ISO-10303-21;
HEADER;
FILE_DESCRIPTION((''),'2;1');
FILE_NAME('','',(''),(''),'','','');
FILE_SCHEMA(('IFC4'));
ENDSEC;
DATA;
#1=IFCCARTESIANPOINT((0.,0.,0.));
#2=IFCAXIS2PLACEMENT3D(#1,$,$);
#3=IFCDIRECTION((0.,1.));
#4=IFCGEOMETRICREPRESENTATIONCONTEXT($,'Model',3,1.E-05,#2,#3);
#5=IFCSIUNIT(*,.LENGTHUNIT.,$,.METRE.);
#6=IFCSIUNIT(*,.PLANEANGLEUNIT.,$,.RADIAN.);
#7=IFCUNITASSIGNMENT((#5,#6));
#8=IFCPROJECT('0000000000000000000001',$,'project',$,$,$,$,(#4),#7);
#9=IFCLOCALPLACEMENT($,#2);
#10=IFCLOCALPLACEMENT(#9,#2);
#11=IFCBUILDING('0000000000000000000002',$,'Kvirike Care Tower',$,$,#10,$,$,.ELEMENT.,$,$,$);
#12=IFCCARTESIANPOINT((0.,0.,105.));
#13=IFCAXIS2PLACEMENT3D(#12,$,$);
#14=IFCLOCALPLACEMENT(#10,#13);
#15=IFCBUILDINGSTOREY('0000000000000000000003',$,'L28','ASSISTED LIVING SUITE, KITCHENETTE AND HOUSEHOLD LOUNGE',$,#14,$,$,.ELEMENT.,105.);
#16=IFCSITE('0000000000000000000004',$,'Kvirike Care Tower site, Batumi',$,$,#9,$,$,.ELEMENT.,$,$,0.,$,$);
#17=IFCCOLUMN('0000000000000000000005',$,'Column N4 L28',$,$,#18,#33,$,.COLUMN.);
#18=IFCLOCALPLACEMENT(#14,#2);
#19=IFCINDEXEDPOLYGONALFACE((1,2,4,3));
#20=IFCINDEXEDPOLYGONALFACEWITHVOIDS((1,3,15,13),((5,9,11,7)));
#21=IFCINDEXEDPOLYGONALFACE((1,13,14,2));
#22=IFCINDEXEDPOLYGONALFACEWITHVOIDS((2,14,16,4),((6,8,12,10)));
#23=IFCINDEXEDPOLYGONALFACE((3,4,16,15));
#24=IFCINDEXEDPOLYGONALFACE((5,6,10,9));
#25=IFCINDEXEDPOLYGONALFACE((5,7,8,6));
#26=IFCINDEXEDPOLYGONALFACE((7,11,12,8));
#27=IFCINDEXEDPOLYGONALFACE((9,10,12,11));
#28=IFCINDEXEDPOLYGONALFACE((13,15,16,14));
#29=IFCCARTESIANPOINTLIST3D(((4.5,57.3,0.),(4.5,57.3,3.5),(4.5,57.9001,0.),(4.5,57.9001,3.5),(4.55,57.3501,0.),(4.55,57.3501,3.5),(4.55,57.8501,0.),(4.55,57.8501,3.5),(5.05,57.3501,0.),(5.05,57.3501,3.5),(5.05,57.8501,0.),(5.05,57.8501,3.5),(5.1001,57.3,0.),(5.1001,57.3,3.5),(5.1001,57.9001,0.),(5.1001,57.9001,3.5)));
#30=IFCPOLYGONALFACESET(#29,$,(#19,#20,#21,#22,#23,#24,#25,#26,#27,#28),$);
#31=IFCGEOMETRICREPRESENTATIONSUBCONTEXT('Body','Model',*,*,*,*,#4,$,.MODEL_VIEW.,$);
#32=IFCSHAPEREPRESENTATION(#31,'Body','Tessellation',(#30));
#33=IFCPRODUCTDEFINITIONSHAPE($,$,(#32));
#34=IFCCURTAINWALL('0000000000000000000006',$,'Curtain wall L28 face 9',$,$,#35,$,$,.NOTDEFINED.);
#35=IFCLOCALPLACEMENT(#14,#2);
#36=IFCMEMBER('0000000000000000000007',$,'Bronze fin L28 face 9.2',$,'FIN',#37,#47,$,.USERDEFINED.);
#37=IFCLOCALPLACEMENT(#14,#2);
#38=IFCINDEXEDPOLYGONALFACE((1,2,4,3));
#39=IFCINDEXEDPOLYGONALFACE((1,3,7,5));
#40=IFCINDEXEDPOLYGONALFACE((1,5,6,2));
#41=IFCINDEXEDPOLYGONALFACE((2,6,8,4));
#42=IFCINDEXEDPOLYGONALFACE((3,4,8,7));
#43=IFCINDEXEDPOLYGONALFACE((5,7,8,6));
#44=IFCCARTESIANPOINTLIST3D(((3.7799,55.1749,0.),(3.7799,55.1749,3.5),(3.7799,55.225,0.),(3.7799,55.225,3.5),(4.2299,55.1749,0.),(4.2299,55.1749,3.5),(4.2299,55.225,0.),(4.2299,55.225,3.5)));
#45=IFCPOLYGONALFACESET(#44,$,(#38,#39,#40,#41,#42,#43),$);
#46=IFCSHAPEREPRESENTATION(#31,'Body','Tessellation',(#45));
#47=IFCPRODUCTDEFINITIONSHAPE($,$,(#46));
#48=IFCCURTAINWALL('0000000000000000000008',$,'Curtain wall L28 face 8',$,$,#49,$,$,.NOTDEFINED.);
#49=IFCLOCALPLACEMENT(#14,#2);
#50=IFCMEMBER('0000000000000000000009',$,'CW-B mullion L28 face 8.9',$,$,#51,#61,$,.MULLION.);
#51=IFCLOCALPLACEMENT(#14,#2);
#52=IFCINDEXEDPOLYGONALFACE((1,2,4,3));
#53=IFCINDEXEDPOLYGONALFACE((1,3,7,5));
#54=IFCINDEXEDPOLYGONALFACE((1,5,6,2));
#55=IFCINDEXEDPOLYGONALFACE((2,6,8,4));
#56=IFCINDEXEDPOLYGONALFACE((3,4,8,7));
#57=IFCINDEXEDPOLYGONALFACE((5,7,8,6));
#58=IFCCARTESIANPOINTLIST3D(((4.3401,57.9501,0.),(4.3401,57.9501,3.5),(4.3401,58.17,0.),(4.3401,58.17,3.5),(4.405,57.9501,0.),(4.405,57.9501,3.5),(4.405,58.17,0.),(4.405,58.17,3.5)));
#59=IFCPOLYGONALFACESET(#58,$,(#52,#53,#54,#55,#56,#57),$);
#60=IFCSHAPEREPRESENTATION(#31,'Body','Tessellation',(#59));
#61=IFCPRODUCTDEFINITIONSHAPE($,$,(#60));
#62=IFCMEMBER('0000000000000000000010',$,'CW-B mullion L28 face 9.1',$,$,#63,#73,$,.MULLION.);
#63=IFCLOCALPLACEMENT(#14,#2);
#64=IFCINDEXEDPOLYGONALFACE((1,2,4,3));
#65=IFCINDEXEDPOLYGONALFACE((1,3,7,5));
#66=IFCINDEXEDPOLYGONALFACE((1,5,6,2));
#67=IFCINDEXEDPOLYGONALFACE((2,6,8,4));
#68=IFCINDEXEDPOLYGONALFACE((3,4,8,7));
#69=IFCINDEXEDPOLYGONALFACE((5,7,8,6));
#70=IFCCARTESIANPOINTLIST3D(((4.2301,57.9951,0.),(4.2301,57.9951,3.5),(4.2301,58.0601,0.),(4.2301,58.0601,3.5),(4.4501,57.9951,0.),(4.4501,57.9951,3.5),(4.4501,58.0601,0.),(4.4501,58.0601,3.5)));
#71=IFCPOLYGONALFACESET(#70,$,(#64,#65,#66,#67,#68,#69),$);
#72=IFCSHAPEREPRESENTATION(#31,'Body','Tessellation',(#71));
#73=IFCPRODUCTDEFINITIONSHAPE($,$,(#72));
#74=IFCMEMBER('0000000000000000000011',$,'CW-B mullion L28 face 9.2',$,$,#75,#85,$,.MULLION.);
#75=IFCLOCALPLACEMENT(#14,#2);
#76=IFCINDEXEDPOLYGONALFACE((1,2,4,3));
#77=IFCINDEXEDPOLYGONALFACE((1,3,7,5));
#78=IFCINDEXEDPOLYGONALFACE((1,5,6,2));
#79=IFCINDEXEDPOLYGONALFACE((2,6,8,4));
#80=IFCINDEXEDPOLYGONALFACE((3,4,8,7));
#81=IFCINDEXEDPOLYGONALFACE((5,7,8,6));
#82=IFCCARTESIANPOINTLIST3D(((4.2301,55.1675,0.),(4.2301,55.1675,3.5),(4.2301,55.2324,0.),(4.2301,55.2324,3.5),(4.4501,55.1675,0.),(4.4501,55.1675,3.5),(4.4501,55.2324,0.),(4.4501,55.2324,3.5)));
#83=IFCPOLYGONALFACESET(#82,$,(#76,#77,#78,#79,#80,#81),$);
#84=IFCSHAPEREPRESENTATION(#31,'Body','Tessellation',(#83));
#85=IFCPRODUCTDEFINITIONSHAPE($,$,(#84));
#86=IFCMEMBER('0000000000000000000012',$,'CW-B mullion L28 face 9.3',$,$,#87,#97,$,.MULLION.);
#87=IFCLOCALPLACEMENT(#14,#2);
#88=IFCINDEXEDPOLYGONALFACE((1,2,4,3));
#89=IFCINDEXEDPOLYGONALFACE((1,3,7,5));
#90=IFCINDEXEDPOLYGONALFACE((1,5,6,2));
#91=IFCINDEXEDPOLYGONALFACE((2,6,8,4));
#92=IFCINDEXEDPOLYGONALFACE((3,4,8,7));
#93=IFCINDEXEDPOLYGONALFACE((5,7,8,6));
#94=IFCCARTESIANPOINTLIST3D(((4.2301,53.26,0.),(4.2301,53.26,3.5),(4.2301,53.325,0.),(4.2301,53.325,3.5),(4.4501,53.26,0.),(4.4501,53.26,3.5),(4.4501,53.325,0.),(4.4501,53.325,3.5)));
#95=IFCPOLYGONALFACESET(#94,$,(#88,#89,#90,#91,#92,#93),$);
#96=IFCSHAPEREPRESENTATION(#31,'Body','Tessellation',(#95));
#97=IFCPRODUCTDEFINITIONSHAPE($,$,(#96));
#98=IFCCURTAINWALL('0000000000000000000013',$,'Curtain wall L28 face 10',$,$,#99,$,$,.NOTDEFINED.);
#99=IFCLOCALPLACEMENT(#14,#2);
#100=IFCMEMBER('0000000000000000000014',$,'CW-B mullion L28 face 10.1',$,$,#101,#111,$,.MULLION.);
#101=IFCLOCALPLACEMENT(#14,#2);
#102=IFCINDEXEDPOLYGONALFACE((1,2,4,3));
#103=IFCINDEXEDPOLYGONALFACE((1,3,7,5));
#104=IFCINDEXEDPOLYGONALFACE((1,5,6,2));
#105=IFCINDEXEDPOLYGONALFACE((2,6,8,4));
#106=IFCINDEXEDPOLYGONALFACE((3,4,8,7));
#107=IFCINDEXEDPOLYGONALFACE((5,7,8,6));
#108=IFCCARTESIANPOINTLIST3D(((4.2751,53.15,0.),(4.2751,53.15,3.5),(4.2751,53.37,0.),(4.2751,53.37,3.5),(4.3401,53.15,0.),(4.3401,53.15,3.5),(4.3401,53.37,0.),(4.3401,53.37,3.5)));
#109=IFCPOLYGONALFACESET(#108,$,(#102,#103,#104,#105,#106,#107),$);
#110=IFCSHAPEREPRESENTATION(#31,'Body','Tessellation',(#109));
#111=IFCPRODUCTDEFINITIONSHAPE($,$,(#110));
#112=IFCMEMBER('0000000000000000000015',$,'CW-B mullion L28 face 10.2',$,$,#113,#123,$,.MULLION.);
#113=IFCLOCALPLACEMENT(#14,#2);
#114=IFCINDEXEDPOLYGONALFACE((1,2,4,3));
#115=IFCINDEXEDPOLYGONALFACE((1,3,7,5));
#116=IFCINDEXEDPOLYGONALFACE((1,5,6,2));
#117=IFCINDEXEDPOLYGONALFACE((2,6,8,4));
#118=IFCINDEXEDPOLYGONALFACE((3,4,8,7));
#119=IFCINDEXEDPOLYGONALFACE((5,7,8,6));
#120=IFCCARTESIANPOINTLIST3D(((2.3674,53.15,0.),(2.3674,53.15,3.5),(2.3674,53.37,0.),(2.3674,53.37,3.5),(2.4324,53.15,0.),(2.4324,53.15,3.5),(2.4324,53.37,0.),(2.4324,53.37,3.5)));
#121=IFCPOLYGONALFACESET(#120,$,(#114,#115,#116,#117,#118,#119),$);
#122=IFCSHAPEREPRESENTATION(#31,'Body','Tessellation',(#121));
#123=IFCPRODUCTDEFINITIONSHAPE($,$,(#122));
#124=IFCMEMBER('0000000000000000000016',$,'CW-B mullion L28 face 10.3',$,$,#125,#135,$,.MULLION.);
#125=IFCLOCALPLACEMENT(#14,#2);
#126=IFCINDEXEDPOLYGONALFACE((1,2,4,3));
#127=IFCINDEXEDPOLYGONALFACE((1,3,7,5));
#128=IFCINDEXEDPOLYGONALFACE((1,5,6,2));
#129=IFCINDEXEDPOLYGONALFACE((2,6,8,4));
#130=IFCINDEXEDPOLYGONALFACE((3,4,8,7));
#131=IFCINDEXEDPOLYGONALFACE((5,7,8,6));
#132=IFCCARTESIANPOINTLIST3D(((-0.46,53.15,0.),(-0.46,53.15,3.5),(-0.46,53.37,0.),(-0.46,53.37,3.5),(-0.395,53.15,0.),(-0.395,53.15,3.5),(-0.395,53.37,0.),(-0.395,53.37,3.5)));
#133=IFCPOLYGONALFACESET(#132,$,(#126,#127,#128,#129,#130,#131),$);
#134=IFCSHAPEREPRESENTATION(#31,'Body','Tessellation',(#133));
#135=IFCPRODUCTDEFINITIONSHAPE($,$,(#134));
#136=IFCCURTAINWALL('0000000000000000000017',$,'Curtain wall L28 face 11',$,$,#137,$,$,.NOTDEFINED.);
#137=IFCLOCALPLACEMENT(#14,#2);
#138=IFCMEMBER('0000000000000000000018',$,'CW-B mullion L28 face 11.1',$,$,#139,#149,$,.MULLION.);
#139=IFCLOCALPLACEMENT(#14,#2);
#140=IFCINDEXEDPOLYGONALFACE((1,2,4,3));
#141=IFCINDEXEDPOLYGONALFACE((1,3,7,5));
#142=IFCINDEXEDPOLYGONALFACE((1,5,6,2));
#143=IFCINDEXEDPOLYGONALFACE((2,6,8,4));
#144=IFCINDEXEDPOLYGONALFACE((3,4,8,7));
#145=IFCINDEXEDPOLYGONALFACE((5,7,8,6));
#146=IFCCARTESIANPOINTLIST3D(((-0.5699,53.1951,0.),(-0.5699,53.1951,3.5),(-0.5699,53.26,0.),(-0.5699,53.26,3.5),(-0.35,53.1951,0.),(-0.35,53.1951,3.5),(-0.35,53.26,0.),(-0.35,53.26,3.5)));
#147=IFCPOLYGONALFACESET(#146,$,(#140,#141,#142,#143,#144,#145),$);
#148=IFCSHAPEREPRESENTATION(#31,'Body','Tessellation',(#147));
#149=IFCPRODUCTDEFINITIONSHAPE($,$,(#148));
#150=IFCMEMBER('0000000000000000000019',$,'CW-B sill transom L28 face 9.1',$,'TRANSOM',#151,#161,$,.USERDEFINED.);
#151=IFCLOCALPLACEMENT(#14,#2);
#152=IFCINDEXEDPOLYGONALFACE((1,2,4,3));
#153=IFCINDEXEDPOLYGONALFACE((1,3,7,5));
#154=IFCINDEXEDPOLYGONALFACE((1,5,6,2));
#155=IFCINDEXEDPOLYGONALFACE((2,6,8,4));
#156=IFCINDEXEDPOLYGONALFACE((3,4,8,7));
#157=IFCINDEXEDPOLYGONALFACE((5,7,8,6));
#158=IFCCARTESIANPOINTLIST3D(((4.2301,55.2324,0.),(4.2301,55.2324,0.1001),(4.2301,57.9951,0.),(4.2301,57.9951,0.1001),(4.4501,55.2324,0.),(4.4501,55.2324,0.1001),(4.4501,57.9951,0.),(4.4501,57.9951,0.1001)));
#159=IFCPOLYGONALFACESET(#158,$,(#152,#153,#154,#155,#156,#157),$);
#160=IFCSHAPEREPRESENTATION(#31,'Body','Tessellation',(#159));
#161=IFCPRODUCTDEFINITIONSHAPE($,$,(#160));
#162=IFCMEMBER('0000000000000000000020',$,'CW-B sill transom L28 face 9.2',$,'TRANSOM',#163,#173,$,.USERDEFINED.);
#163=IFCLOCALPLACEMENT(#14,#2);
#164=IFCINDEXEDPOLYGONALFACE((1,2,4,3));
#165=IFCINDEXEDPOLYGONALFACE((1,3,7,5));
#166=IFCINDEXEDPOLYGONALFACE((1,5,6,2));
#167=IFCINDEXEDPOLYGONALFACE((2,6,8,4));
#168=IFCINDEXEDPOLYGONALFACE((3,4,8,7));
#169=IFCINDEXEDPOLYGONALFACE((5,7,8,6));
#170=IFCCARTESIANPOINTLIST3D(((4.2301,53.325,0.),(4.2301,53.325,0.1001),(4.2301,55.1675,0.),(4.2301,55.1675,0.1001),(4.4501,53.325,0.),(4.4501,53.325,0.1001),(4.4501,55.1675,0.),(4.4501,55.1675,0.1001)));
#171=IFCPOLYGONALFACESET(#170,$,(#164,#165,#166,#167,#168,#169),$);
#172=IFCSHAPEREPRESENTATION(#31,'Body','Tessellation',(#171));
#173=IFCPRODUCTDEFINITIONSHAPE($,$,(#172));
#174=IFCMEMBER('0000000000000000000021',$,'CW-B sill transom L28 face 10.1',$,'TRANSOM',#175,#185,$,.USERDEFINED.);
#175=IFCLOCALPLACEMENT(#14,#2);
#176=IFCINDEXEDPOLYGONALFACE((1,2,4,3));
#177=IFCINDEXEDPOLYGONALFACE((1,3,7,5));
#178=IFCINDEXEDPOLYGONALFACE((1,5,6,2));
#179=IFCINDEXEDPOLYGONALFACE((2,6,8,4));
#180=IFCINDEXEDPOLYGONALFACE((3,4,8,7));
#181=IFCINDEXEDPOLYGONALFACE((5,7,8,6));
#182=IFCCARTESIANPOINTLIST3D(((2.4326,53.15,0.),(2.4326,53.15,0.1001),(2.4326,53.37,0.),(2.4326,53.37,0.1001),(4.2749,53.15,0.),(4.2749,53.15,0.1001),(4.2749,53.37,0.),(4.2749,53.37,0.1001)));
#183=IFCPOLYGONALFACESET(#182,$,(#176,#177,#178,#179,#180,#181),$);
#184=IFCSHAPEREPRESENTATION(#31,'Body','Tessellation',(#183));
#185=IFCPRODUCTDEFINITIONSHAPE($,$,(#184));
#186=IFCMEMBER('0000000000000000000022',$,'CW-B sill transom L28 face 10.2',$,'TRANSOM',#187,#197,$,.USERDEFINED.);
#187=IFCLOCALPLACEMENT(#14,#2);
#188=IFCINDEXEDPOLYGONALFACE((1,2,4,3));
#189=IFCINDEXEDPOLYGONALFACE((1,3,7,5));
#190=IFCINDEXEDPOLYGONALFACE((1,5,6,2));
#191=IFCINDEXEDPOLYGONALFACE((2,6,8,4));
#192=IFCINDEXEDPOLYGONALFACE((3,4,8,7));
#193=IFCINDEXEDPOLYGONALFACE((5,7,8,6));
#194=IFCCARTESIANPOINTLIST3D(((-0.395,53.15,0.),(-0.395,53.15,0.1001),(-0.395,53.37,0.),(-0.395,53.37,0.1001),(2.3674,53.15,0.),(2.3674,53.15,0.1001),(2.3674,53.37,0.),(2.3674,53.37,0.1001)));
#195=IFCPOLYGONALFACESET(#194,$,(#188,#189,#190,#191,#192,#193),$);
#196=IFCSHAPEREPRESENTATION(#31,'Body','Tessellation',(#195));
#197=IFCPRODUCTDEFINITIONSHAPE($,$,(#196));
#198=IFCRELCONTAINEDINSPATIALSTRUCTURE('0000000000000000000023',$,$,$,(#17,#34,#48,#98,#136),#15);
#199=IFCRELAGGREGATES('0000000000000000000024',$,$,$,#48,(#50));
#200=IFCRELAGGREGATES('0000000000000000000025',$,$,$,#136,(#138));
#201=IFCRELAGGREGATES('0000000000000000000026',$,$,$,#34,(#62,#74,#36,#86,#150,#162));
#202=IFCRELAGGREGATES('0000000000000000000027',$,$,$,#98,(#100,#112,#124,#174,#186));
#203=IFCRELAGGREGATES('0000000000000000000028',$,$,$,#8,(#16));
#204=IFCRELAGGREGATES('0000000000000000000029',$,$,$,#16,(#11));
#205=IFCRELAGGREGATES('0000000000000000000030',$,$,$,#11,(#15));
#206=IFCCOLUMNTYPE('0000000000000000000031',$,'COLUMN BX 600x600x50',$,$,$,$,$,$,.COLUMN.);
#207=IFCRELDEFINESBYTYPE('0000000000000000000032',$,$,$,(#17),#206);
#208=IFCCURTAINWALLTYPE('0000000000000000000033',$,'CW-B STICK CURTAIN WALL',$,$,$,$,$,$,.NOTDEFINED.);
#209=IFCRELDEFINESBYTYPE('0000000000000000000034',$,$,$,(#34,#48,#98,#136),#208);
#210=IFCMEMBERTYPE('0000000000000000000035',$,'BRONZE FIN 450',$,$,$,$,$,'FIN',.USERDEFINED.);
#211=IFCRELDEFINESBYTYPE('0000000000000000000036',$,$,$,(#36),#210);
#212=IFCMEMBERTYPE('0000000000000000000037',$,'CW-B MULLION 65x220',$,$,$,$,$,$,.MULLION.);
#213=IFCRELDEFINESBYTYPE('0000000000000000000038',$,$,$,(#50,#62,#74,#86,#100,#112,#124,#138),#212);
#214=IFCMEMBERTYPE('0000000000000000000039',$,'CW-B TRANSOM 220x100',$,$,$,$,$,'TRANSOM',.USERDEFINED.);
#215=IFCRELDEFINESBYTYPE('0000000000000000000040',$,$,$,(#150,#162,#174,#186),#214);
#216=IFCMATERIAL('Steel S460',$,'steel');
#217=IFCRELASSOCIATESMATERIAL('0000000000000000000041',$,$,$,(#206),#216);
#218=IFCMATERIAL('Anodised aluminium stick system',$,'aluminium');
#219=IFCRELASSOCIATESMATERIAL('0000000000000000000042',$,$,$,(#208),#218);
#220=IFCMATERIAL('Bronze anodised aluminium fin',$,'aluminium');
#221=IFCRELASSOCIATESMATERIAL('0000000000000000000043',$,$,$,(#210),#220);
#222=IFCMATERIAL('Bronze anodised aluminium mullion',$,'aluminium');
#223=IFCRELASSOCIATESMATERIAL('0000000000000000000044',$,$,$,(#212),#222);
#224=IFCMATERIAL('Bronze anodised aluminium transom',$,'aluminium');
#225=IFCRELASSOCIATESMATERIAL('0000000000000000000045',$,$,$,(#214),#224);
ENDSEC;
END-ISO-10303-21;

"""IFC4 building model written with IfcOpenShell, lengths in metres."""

from ifc_helpers import new_model, si_unit, direction, frame, origin, origin_2d, place, context, subcontext, project, spatial, rectangle, hollow_rectangle, extrude, material, material_profile, profile_set, type_object, element, aggregate, save


model = new_model("IFC4")

# Units and contexts
model_context = context("Model", 3, precision=1e-05, world=origin(), true_north=direction((0.0, 1.0)))
body_context = subcontext(model_context, "Body", "Model", "MODEL_VIEW")
ifc_project = project(units=[si_unit("LENGTHUNIT", "METRE"), si_unit("PLANEANGLEUNIT", "RADIAN")], contexts=[model_context])

# Site, building, storey
site_placement = place(None, origin())
site = spatial("IfcSite", under=ifc_project, at=site_placement, Name="Kvirike Care Tower site, Batumi", CompositionType="ELEMENT", RefElevation=0.0)
building_placement = place(site_placement, origin())
building = spatial("IfcBuilding", under=site, at=building_placement, Name="Kvirike Care Tower", CompositionType="ELEMENT")
storey_placement = place(building_placement, frame((0.0, 0.0, 105.0)))
storey = spatial("IfcBuildingStorey", under=building, at=storey_placement, Name="L28", Description="ASSISTED LIVING SUITE, KITCHENETTE AND HOUSEHOLD LOUNGE", CompositionType="ELEMENT", Elevation=105.0)

# Column
ifc_material_1 = material(Name="Steel S460", Category="steel")
ifc_material_profile_1 = material_profile(ifc_material_1, hollow_rectangle(XDim=0.6001, YDim=0.6001, WallThickness=0.05, at=origin_2d()), Name="BX 600x600x50")
ifc_profile_set_1 = profile_set([ifc_material_profile_1], Name="Steel S460")
column_type = type_object("IfcColumnType", Name="COLUMN BX 600x600x50", PredefinedType="COLUMN", material=ifc_profile_set_1)
column_placement = place(storey_placement, frame((4.8, 57.6001, 0.0), z_axis=(0.0, 0.0, 1.0), x_axis=(0.0, 1.0, 0.0)))
element("IfcColumn", 1, at=column_placement, inside=storey, type_object=column_type, Name="Column N4 L28", PredefinedType="COLUMN", context=body_context, shape_type="SweptSolid", body=[
    extrude(hollow_rectangle(XDim=0.6001, YDim=0.6001, WallThickness=0.05, at=origin_2d()), origin(), (0.0, 0.0, 1.0), 3.5),
])

# Curtain walls, members
ifc_material_2 = material(Name="Anodised aluminium stick system", Category="aluminium")
curtain_wall_type = type_object("IfcCurtainWallType", Name="CW-B STICK CURTAIN WALL", PredefinedType="NOTDEFINED", material=ifc_material_2)
curtain_wall_1_placement = place(storey_placement, origin())
curtain_wall_1 = element("IfcCurtainWall", 2, at=curtain_wall_1_placement, inside=storey, type_object=curtain_wall_type, Name="Curtain wall L28 face 9", PredefinedType="NOTDEFINED")
ifc_material_3 = material(Name="Bronze anodised aluminium fin", Category="aluminium")
ifc_material_profile_2 = material_profile(ifc_material_3, rectangle(XDim=0.05, YDim=0.45, at=origin_2d()), Name="BRONZE FIN 450")
ifc_profile_set_2 = profile_set([ifc_material_profile_2], Name="Bronze anodised aluminium fin")
member_type_1 = type_object("IfcMemberType", Name="BRONZE FIN 450", ElementType="FIN", PredefinedType="USERDEFINED", material=ifc_profile_set_2)
member_1_placement = place(storey_placement, frame((4.0049, 55.2, 0.0), z_axis=(0.0, 0.0, 1.0), x_axis=(0.0, -1.0, 0.0)))
member_1 = element("IfcMember", 3, at=member_1_placement, type_object=member_type_1, Name="Bronze fin L28 face 9.2", ObjectType="FIN", PredefinedType="USERDEFINED", context=body_context, shape_type="SweptSolid", body=[
    extrude(rectangle(XDim=0.05, YDim=0.45, at=origin_2d()), origin(), (0.0, 0.0, 1.0), 3.5),
])
curtain_wall_2_placement = place(storey_placement, origin())
curtain_wall_2 = element("IfcCurtainWall", 4, at=curtain_wall_2_placement, inside=storey, type_object=curtain_wall_type, Name="Curtain wall L28 face 8", PredefinedType="NOTDEFINED")
ifc_material_4 = material(Name="Bronze anodised aluminium mullion", Category="aluminium")
ifc_material_profile_3 = material_profile(ifc_material_4, rectangle(XDim=0.0649, YDim=0.22, at=origin_2d()), Name="CW-B MULLION 65x220")
ifc_profile_set_3 = profile_set([ifc_material_profile_3], Name="Bronze anodised aluminium mullion")
member_type_2 = type_object("IfcMemberType", Name="CW-B MULLION 65x220", PredefinedType="MULLION", material=ifc_profile_set_3)
member_2_placement = place(storey_placement, frame((4.3726, 58.0601, 0.0), z_axis=(0.0, 0.0, 1.0), x_axis=(-1.0, 0.0, 0.0)))
member_2 = element("IfcMember", 5, at=member_2_placement, type_object=member_type_2, Name="CW-B mullion L28 face 8.9", PredefinedType="MULLION", context=body_context, shape_type="SweptSolid", body=[
    extrude(rectangle(XDim=0.0649, YDim=0.22, at=origin_2d()), origin(), (0.0, 0.0, 1.0), 3.5),
])
aggregate(curtain_wall_2, [member_2])

# Members
member_3_placement = place(storey_placement, frame((4.3401, 58.0276, 0.0), z_axis=(0.0, 0.0, 1.0), x_axis=(0.0, -1.0, 0.0)))
member_3 = element("IfcMember", 6, at=member_3_placement, type_object=member_type_2, Name="CW-B mullion L28 face 9.1", PredefinedType="MULLION", context=body_context, shape_type="SweptSolid", body=[
    extrude(rectangle(XDim=0.0649, YDim=0.22, at=origin_2d()), origin(), (0.0, 0.0, 1.0), 3.5),
])
member_4_placement = place(storey_placement, frame((4.3401, 55.2, 0.0), z_axis=(0.0, 0.0, 1.0), x_axis=(0.0, -1.0, 0.0)))
member_4 = element("IfcMember", 7, at=member_4_placement, type_object=member_type_2, Name="CW-B mullion L28 face 9.2", PredefinedType="MULLION", context=body_context, shape_type="SweptSolid", body=[
    extrude(rectangle(XDim=0.0649, YDim=0.22, at=origin_2d()), origin(), (0.0, 0.0, 1.0), 3.5),
])
member_5_placement = place(storey_placement, frame((4.3401, 53.2925, 0.0), z_axis=(0.0, 0.0, 1.0), x_axis=(0.0, -1.0, 0.0)))
member_5 = element("IfcMember", 8, at=member_5_placement, type_object=member_type_2, Name="CW-B mullion L28 face 9.3", PredefinedType="MULLION", context=body_context, shape_type="SweptSolid", body=[
    extrude(rectangle(XDim=0.0649, YDim=0.22, at=origin_2d()), origin(), (0.0, 0.0, 1.0), 3.5),
])

# Curtain wall, members
curtain_wall_3_placement = place(storey_placement, origin())
curtain_wall_3 = element("IfcCurtainWall", 9, at=curtain_wall_3_placement, inside=storey, type_object=curtain_wall_type, Name="Curtain wall L28 face 10", PredefinedType="NOTDEFINED")
member_6_placement = place(storey_placement, frame((4.3076, 53.26, 0.0), z_axis=(0.0, 0.0, 1.0), x_axis=(-1.0, 0.0, 0.0)))
member_6 = element("IfcMember", 10, at=member_6_placement, type_object=member_type_2, Name="CW-B mullion L28 face 10.1", PredefinedType="MULLION", context=body_context, shape_type="SweptSolid", body=[
    extrude(rectangle(XDim=0.0649, YDim=0.22, at=origin_2d()), origin(), (0.0, 0.0, 1.0), 3.5),
])
member_7_placement = place(storey_placement, frame((2.3999, 53.26, 0.0), z_axis=(0.0, 0.0, 1.0), x_axis=(-1.0, 0.0, 0.0)))
member_7 = element("IfcMember", 11, at=member_7_placement, type_object=member_type_2, Name="CW-B mullion L28 face 10.2", PredefinedType="MULLION", context=body_context, shape_type="SweptSolid", body=[
    extrude(rectangle(XDim=0.0649, YDim=0.22, at=origin_2d()), origin(), (0.0, 0.0, 1.0), 3.5),
])
member_8_placement = place(storey_placement, frame((-0.4275, 53.26, 0.0), z_axis=(0.0, 0.0, 1.0), x_axis=(-1.0, 0.0, 0.0)))
member_8 = element("IfcMember", 12, at=member_8_placement, type_object=member_type_2, Name="CW-B mullion L28 face 10.3", PredefinedType="MULLION", context=body_context, shape_type="SweptSolid", body=[
    extrude(rectangle(XDim=0.0649, YDim=0.22, at=origin_2d()), origin(), (0.0, 0.0, 1.0), 3.5),
])

# Curtain wall, member
curtain_wall_4_placement = place(storey_placement, origin())
curtain_wall_4 = element("IfcCurtainWall", 13, at=curtain_wall_4_placement, inside=storey, type_object=curtain_wall_type, Name="Curtain wall L28 face 11", PredefinedType="NOTDEFINED")
member_9_placement = place(storey_placement, frame((-0.46, 53.2275, 0.0), z_axis=(0.0, 0.0, 1.0), x_axis=(0.0, -1.0, 0.0)))
member_9 = element("IfcMember", 14, at=member_9_placement, type_object=member_type_2, Name="CW-B mullion L28 face 11.1", PredefinedType="MULLION", context=body_context, shape_type="SweptSolid", body=[
    extrude(rectangle(XDim=0.0649, YDim=0.22, at=origin_2d()), origin(), (0.0, 0.0, 1.0), 3.5),
])

# Members
ifc_material_5 = material(Name="Bronze anodised aluminium transom", Category="aluminium")
ifc_material_profile_4 = material_profile(ifc_material_5, rectangle(XDim=0.22, YDim=0.1001, at=origin_2d()), Name="CW-B TRANSOM 220x100")
ifc_profile_set_4 = profile_set([ifc_material_profile_4], Name="Bronze anodised aluminium transom")
member_type_3 = type_object("IfcMemberType", Name="CW-B TRANSOM 220x100", ElementType="TRANSOM", PredefinedType="USERDEFINED", material=ifc_profile_set_4)
member_10_placement = place(storey_placement, frame((4.3401, 57.9951, 0.05), z_axis=(0.0, -1.0, 0.0), x_axis=(1.0, 0.0, 0.0)))
member_10 = element("IfcMember", 15, at=member_10_placement, type_object=member_type_3, Name="CW-B sill transom L28 face 9.1", ObjectType="TRANSOM", PredefinedType="USERDEFINED", context=body_context, shape_type="SweptSolid", body=[
    extrude(rectangle(XDim=0.22, YDim=0.1001, at=origin_2d()), origin(), (0.0, 0.0, 1.0), 2.7627),
])
member_11_placement = place(storey_placement, frame((4.3401, 55.1675, 0.05), z_axis=(0.0, -1.0, 0.0), x_axis=(1.0, 0.0, 0.0)))
member_11 = element("IfcMember", 16, at=member_11_placement, type_object=member_type_3, Name="CW-B sill transom L28 face 9.2", ObjectType="TRANSOM", PredefinedType="USERDEFINED", context=body_context, shape_type="SweptSolid", body=[
    extrude(rectangle(XDim=0.22, YDim=0.1001, at=origin_2d()), origin(), (0.0, 0.0, 1.0), 1.8425),
])
member_12_placement = place(storey_placement, frame((4.2749, 53.26, 0.05), z_axis=(-1.0, 0.0, 0.0), x_axis=(0.0, -1.0, 0.0)))
member_12 = element("IfcMember", 17, at=member_12_placement, type_object=member_type_3, Name="CW-B sill transom L28 face 10.1", ObjectType="TRANSOM", PredefinedType="USERDEFINED", context=body_context, shape_type="SweptSolid", body=[
    extrude(rectangle(XDim=0.22, YDim=0.1001, at=origin_2d()), origin(), (0.0, 0.0, 1.0), 1.8423),
])
member_13_placement = place(storey_placement, frame((2.3674, 53.26, 0.05), z_axis=(-1.0, 0.0, 0.0), x_axis=(0.0, -1.0, 0.0)))
member_13 = element("IfcMember", 18, at=member_13_placement, type_object=member_type_3, Name="CW-B sill transom L28 face 10.2", ObjectType="TRANSOM", PredefinedType="USERDEFINED", context=body_context, shape_type="SweptSolid", body=[
    extrude(rectangle(XDim=0.22, YDim=0.1001, at=origin_2d()), origin(), (0.0, 0.0, 1.0), 2.7625),
])
aggregate(curtain_wall_4, [member_9])

aggregate(curtain_wall_1, [member_3, member_4, member_1, member_5, member_10, member_11])
aggregate(curtain_wall_3, [member_6, member_7, member_8, member_12, member_13])

save(model, "model.ifc")
